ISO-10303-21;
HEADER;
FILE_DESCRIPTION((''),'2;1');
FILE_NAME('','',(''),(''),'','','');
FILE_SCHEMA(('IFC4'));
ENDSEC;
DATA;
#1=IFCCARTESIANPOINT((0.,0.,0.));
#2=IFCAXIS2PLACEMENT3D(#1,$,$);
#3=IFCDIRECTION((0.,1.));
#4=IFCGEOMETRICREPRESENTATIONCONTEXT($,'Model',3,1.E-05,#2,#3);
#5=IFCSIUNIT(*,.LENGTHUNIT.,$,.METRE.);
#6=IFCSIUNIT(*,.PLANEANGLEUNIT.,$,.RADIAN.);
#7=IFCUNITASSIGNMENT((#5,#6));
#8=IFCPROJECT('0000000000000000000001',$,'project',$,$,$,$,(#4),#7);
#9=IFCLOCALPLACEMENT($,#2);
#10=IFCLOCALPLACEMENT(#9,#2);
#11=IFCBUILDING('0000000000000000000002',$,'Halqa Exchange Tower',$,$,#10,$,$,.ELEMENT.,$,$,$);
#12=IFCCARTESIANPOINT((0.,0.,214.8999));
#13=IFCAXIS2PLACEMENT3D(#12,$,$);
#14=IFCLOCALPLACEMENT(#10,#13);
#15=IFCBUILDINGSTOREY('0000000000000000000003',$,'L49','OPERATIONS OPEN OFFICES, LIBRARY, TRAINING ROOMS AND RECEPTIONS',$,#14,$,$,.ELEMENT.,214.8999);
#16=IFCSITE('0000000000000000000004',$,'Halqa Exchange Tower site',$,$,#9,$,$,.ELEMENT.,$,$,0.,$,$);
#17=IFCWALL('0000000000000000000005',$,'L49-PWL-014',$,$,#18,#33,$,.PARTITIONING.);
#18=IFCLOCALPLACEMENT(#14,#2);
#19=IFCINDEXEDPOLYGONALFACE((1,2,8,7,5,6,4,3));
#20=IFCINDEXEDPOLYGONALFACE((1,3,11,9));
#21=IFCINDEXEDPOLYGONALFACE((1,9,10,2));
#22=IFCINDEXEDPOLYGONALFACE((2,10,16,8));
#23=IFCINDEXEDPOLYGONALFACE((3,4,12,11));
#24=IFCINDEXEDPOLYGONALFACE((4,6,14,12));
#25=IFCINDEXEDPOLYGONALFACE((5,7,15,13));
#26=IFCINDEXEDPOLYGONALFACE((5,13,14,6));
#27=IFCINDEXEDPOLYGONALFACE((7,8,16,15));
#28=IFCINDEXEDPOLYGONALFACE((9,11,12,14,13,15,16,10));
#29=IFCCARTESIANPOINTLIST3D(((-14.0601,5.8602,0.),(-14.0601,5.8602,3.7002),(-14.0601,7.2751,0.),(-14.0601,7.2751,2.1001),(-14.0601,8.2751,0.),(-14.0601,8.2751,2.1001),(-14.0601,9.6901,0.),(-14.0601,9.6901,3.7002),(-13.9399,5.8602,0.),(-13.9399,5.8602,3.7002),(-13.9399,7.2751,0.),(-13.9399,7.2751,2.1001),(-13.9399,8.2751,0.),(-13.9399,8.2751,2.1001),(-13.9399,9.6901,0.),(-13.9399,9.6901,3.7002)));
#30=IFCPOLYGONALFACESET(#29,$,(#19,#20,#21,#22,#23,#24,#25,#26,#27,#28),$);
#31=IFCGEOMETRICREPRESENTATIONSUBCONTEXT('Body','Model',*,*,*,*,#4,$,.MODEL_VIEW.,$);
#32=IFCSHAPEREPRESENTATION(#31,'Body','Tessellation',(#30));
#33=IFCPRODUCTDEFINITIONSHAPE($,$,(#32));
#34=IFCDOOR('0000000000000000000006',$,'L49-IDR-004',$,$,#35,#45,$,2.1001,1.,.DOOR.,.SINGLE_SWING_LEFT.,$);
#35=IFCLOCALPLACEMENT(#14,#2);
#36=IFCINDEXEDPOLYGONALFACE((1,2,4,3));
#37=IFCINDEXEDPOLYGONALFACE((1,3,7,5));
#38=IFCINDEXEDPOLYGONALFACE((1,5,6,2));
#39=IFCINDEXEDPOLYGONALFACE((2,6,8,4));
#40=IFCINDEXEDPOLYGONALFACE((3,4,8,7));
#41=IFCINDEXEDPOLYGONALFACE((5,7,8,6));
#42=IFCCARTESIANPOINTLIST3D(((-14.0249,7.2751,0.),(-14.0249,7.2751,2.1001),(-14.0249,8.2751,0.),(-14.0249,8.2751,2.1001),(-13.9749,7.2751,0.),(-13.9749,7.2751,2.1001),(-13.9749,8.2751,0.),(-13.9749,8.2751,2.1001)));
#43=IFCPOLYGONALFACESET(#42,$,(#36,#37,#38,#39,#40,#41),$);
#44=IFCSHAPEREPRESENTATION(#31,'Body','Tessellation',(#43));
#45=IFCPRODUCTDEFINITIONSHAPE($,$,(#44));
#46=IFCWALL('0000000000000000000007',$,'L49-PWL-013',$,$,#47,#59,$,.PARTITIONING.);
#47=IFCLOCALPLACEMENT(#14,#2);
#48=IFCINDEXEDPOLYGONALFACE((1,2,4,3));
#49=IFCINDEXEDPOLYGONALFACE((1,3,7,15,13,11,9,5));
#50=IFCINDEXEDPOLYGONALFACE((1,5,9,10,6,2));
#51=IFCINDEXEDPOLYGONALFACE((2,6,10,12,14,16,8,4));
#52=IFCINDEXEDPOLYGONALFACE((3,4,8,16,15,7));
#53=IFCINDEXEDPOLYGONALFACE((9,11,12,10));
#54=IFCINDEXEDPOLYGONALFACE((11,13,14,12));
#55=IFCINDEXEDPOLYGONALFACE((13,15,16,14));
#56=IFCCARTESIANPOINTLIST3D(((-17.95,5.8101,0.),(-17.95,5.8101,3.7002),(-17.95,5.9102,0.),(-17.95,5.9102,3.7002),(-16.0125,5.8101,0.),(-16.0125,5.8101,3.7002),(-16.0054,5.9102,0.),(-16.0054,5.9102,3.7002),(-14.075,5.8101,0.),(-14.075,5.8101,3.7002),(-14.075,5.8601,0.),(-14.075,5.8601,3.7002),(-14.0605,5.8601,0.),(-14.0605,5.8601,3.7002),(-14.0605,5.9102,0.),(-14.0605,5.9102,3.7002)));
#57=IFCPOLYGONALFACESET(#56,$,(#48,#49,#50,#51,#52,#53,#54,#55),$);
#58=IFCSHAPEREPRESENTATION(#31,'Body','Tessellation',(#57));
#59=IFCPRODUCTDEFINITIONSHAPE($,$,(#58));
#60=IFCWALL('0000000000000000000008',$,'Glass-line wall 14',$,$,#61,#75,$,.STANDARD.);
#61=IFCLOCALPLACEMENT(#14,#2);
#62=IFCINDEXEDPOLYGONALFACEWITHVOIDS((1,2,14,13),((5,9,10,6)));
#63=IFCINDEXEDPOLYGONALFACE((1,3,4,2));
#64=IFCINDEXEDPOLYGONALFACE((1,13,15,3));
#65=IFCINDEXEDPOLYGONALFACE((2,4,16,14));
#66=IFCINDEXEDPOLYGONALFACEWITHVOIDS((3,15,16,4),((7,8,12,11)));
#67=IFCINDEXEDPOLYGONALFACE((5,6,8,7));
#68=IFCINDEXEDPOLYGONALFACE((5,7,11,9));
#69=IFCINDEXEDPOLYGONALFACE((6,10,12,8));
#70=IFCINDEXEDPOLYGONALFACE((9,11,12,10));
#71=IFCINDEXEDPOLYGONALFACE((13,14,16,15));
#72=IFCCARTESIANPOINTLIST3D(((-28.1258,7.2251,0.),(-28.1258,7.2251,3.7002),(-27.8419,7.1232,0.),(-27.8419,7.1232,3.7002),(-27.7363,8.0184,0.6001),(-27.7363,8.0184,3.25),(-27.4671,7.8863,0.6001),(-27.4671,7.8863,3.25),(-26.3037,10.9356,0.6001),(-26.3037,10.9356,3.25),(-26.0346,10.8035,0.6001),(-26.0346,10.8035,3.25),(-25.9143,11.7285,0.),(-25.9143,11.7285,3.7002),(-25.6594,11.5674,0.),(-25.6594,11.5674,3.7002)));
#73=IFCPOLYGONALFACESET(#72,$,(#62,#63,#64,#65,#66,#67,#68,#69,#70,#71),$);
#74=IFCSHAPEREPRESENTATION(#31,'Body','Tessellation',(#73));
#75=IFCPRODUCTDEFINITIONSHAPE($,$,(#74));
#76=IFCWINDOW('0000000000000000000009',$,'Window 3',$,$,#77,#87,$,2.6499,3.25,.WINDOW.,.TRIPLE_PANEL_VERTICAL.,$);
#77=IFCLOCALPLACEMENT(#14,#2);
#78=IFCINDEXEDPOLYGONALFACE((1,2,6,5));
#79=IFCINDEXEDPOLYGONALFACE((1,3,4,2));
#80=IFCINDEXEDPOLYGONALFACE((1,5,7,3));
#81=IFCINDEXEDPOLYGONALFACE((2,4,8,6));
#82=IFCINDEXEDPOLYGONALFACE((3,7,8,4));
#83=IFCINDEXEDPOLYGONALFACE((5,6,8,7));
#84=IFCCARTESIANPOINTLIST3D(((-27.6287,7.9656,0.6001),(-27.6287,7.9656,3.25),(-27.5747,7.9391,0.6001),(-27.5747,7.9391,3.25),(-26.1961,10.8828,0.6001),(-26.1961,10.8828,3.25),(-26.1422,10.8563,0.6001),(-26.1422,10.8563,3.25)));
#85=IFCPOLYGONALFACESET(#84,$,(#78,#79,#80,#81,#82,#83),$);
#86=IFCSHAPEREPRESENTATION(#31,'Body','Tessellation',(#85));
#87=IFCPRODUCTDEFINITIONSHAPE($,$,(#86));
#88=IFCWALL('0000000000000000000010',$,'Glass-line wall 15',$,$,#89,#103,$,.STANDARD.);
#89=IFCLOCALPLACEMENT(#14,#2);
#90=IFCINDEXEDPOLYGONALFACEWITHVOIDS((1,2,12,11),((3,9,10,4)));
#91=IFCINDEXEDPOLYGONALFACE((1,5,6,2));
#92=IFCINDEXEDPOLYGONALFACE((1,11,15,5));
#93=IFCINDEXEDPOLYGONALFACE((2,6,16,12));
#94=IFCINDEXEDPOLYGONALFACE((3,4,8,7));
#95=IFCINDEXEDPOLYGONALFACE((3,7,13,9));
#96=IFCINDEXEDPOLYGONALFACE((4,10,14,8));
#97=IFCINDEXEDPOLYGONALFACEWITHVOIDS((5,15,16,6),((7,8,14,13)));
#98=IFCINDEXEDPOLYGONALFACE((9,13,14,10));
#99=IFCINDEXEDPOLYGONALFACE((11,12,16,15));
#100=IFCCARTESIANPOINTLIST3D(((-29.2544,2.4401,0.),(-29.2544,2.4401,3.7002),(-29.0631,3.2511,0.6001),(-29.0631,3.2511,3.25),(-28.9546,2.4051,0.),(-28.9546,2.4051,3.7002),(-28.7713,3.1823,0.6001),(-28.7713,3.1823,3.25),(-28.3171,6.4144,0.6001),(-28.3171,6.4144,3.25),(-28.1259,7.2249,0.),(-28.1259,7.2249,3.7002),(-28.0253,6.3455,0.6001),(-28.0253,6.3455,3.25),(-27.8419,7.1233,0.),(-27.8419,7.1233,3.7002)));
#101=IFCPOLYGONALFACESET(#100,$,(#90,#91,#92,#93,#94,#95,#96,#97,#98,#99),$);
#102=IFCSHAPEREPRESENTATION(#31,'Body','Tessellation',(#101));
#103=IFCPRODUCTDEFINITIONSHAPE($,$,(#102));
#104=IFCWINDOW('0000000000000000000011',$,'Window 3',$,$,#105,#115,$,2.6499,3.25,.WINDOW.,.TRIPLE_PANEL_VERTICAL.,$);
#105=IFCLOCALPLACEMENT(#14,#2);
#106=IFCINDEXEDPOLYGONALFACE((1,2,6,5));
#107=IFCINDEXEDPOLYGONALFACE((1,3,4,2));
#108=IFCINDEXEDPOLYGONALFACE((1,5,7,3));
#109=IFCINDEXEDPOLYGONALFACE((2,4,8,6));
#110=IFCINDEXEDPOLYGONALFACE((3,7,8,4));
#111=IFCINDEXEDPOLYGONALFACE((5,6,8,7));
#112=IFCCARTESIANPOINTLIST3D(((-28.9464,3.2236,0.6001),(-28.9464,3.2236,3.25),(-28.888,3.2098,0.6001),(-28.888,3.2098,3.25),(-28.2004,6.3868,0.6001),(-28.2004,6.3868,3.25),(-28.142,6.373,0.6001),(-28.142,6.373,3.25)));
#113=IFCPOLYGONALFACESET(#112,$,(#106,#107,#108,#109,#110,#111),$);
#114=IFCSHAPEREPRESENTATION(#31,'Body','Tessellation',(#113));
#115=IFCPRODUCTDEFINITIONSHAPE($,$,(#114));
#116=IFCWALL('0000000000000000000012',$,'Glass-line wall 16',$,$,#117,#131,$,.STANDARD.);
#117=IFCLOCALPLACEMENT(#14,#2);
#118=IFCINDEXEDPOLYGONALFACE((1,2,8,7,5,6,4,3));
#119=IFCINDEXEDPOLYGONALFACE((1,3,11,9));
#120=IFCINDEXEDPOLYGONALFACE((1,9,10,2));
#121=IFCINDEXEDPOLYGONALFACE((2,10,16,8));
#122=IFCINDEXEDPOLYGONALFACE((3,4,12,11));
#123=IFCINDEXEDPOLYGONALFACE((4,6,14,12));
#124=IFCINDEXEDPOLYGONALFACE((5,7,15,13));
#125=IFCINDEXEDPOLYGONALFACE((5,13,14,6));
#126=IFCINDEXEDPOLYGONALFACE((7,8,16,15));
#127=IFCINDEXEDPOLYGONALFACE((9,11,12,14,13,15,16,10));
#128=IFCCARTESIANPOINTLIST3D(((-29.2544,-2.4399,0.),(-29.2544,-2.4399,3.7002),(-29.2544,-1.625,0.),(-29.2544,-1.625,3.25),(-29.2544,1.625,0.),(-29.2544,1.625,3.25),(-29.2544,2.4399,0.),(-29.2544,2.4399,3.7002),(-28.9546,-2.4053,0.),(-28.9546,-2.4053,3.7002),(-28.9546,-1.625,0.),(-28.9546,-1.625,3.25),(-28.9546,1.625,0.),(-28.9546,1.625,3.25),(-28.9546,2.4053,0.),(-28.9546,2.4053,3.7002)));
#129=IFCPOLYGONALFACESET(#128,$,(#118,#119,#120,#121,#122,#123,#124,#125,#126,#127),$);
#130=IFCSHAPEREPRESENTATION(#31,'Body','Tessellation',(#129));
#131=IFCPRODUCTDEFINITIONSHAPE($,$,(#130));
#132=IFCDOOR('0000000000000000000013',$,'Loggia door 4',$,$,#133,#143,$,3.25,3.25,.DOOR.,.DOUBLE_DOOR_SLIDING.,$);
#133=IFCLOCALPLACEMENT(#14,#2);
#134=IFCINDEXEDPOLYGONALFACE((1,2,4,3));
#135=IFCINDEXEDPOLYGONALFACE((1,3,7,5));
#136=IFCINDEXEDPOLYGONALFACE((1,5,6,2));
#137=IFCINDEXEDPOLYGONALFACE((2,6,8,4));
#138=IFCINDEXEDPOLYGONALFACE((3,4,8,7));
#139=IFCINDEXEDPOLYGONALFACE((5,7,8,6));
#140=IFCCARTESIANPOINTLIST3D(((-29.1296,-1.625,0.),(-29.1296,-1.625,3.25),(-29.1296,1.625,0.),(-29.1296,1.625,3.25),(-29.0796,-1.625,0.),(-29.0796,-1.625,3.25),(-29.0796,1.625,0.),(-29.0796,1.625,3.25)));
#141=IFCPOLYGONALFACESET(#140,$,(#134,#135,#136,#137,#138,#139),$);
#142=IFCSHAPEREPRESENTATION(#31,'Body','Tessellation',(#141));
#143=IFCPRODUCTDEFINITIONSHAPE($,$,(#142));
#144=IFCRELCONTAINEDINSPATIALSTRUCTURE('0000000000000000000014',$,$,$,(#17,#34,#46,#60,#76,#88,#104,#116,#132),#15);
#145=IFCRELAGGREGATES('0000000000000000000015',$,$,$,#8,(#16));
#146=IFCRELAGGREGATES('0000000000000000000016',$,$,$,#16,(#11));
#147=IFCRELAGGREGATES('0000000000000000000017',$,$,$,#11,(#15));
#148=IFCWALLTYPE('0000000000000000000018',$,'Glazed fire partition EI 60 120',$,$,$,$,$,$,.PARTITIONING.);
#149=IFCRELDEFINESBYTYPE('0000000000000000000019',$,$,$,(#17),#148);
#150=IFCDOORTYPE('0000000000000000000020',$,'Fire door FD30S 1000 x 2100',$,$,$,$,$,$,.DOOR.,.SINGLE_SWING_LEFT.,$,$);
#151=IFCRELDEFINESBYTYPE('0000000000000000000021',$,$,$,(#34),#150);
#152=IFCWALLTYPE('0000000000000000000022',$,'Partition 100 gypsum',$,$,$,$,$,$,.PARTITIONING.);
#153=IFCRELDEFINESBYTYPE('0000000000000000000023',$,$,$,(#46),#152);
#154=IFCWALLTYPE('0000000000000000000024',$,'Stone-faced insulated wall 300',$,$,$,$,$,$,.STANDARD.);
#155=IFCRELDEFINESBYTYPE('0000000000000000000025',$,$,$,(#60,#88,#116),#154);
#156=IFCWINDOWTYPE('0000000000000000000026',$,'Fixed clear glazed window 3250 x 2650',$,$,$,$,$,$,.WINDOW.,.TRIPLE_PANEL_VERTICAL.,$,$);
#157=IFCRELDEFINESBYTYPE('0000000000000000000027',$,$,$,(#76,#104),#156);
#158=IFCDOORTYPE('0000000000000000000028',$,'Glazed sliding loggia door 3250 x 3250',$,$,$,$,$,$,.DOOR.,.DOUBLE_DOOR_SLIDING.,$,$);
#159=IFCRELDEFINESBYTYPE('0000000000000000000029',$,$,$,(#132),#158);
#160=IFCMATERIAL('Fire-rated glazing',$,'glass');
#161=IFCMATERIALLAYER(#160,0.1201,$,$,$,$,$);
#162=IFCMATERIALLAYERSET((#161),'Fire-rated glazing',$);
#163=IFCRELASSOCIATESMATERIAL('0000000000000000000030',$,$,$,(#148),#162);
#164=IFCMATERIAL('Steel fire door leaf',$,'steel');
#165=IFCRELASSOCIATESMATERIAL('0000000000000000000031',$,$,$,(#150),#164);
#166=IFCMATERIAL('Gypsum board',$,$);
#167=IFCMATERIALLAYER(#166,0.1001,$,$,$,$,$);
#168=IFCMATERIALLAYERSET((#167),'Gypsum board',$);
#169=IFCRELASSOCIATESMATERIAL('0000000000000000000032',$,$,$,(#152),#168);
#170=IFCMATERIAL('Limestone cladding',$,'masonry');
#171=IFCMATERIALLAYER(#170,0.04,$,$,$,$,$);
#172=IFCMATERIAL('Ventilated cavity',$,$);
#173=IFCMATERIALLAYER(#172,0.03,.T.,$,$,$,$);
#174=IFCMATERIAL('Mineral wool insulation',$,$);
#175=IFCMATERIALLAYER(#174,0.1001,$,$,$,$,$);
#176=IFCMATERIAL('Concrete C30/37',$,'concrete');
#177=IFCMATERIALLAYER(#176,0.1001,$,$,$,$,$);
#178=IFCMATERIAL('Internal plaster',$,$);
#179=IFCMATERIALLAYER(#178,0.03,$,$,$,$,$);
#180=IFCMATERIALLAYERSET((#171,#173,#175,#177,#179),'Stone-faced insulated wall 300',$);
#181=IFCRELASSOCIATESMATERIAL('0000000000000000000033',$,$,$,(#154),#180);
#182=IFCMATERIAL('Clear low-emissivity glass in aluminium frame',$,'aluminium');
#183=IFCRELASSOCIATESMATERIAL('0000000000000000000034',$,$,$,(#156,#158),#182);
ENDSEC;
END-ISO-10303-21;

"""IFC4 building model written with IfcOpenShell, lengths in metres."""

from ifc_helpers import new_model, si_unit, direction, frame, frame_2d, origin, place, context, subcontext, project, spatial, polyline, rectangle, outline, extrude, material, layer, layer_set, type_object, element, fill, save


model = new_model("IFC4")

# Units and contexts
model_context = context("Model", 3, precision=1e-05, world=origin(), true_north=direction((0.0, 1.0)))
body_context = subcontext(model_context, "Body", "Model", "MODEL_VIEW")
ifc_project = project(units=[si_unit("LENGTHUNIT", "METRE"), si_unit("PLANEANGLEUNIT", "RADIAN")], contexts=[model_context])

# Site, building, storey
site_placement = place(None, origin())
site = spatial("IfcSite", under=ifc_project, at=site_placement, Name="Halqa Exchange Tower site", CompositionType="ELEMENT", RefElevation=0.0)
building_placement = place(site_placement, origin())
building = spatial("IfcBuilding", under=site, at=building_placement, Name="Halqa Exchange Tower", CompositionType="ELEMENT")
storey_placement = place(building_placement, frame((0.0, 0.0, 214.8999)))
storey = spatial("IfcBuildingStorey", under=building, at=storey_placement, Name="L49", Description="OPERATIONS OPEN OFFICES, LIBRARY, TRAINING ROOMS AND RECEPTIONS", CompositionType="ELEMENT", Elevation=214.8999)

# Wall, opening, door
ifc_material_1 = material(Name="Fire-rated glazing", Category="glass")
ifc_layer_1 = layer(ifc_material_1, 0.1201)
ifc_layer_set_1 = layer_set([ifc_layer_1], Name="Fire-rated glazing")
wall_type_1 = type_object("IfcWallType", Name="Glazed fire partition EI 60 120", PredefinedType="PARTITIONING", material=ifc_layer_set_1)
wall_1_placement = place(storey_placement, frame((-14.0, 5.8601, 0.0), z_axis=(0.0, 0.0, 1.0), x_axis=(0.0, 1.0, 0.0)))
wall_1 = element("IfcWall", 1, at=wall_1_placement, inside=storey, type_object=wall_type_1, Name="L49-PWL-014", PredefinedType="PARTITIONING", context=body_context, shape_type="SweptSolid", body=[
    extrude(rectangle(XDim=3.8298, YDim=0.1201, at=frame_2d((1.915, 0.0))), origin(), (0.0, 0.0, 1.0), 3.7002),
])
opening_1_placement = place(wall_1_placement, frame((1.415, 0.0, 0.0)))
opening_1 = element("IfcOpeningElement", 2, at=opening_1_placement, cuts=wall_1, PredefinedType="OPENING", context=body_context, shape_type="SweptSolid", body=[
    extrude(rectangle(XDim=1.0, YDim=2.1001, at=frame_2d((0.5, 1.05))), frame((0.0, 0.072, 0.0), z_axis=(0.0, -1.0, 0.0), x_axis=(1.0, 0.0, 0.0)), (0.0, 0.0, 1.0), 0.144),
])
ifc_material_2 = material(Name="Steel fire door leaf", Category="steel")
door_type_1 = type_object("IfcDoorType", Name="Fire door FD30S 1000 x 2100", OperationType="SINGLE_SWING_LEFT", PredefinedType="DOOR", material=ifc_material_2)
door_1_placement = place(opening_1_placement, origin())
door_1 = element("IfcDoor", 3, at=door_1_placement, inside=storey, type_object=door_type_1, Name="L49-IDR-004", OperationType="SINGLE_SWING_LEFT", OverallHeight=2.1001, OverallWidth=1.0, PredefinedType="DOOR", context=body_context, shape_type="SweptSolid", body=[
    extrude(rectangle(XDim=1.0, YDim=2.1001, at=frame_2d((0.5, 1.05))), frame((0.0, 0.0249, 0.0), z_axis=(0.0, -1.0, 0.0), x_axis=(1.0, 0.0, 0.0)), (0.0, 0.0, 1.0), 0.05),
])
fill(opening_1, door_1)
ifc_material_3 = material(Name="Gypsum board")
ifc_layer_2 = layer(ifc_material_3, 0.1001)
ifc_layer_set_2 = layer_set([ifc_layer_2], Name="Gypsum board")
wall_type_2 = type_object("IfcWallType", Name="Partition 100 gypsum", PredefinedType="PARTITIONING", material=ifc_layer_set_2)

# Wall
wall_2_placement = place(storey_placement, frame((-14.0605, 5.8601, 0.0), z_axis=(0.0, 0.0, 1.0), x_axis=(-1.0, 0.0, 0.0)))
element("IfcWall", 4, at=wall_2_placement, inside=storey, type_object=wall_type_2, Name="L49-PWL-013", PredefinedType="PARTITIONING", context=body_context, shape_type="SweptSolid", body=[
    extrude(outline(polyline([(3.8894, 0.05), (1.9519, 0.05), (0.0144, 0.05), (0.0144, 0.0), (0.0, 0.0), (0.0, -0.05), (1.9448, -0.05), (3.8894, -0.05), (3.8894, 0.05)])), origin(), (0.0, 0.0, 1.0), 3.7002),
])

# Walls, openings, windows
ifc_material_4 = material(Name="Limestone cladding", Category="masonry")
ifc_layer_3 = layer(ifc_material_4, 0.04)
ifc_material_5 = material(Name="Ventilated cavity")
ifc_layer_4 = layer(ifc_material_5, 0.03, ventilated=True)
ifc_material_6 = material(Name="Mineral wool insulation")
ifc_layer_5 = layer(ifc_material_6, 0.1001)
ifc_material_7 = material(Name="Concrete C30/37", Category="concrete")
ifc_layer_6 = layer(ifc_material_7, 0.1001)
ifc_material_8 = material(Name="Internal plaster")
ifc_layer_7 = layer(ifc_material_8, 0.03)
ifc_layer_set_3 = layer_set([ifc_layer_3, ifc_layer_4, ifc_layer_5, ifc_layer_6, ifc_layer_7], Name="Stone-faced insulated wall 300")
wall_type_3 = type_object("IfcWallType", Name="Stone-faced insulated wall 300", PredefinedType="STANDARD", material=ifc_layer_set_3)
wall_3_placement = place(storey_placement, frame((-25.7869, 11.6479, 0.0), z_axis=(0.0, 0.0, 1.0), x_axis=(-0.440795, -0.897608, 0.0)))
wall_3 = element("IfcWall", 5, at=wall_3_placement, inside=storey, type_object=wall_type_3, Name="Glass-line wall 14", PredefinedType="STANDARD", context=body_context, shape_type="SweptSolid", body=[
    extrude(outline(polyline([(-0.0161, -0.1499), (5.001, -0.1499), (4.9673, 0.1499), (0.0161, 0.1499), (-0.0161, -0.1499)])), origin(), (0.0, 0.0, 1.0), 3.7002),
])
opening_2_placement = place(wall_3_placement, frame((0.8672, 0.0, 0.6001)))
opening_2 = element("IfcOpeningElement", 6, at=opening_2_placement, cuts=wall_3, PredefinedType="OPENING", context=body_context, shape_type="SweptSolid", body=[
    extrude(rectangle(XDim=3.25, YDim=2.6499, at=frame_2d((1.625, 1.325))), frame((0.0, 0.1621, 0.0), z_axis=(0.0, -1.0, 0.0), x_axis=(1.0, 0.0, 0.0)), (0.0, 0.0, 1.0), 0.324),
])
ifc_material_9 = material(Name="Clear low-emissivity glass in aluminium frame", Category="aluminium")
window_type = type_object("IfcWindowType", Name="Fixed clear glazed window 3250 x 2650", PartitioningType="TRIPLE_PANEL_VERTICAL", PredefinedType="WINDOW", material=ifc_material_9)
window_1_placement = place(opening_2_placement, origin())
window_1 = element("IfcWindow", 7, at=window_1_placement, inside=storey, type_object=window_type, Name="Window 3", OverallHeight=2.6499, OverallWidth=3.25, PartitioningType="TRIPLE_PANEL_VERTICAL", PredefinedType="WINDOW", context=body_context, shape_type="SweptSolid", body=[
    extrude(rectangle(XDim=3.25, YDim=2.6499, at=frame_2d((1.625, 1.325))), frame((0.0, 0.03, 0.0), z_axis=(0.0, -1.0, 0.0), x_axis=(1.0, 0.0, 0.0)), (0.0, 0.0, 1.0), 0.0601),
])
fill(opening_2, window_1)
wall_4_placement = place(storey_placement, frame((-27.9839, 7.1741, 0.0), z_axis=(0.0, 0.0, 1.0), x_axis=(-0.229547, -0.973298, 0.0)))
wall_4 = element("IfcWall", 8, at=wall_4_placement, inside=storey, type_object=wall_type_3, Name="Glass-line wall 15", PredefinedType="STANDARD", context=body_context, shape_type="SweptSolid", body=[
    extrude(outline(polyline([(-0.0168, -0.1499), (4.8992, -0.1499), (4.8645, 0.1499), (0.0168, 0.1499), (-0.0168, -0.1499)])), origin(), (0.0, 0.0, 1.0), 3.7002),
])
opening_3_placement = place(wall_4_placement, frame((0.8159, 0.0, 0.6001)))
opening_3 = element("IfcOpeningElement", 9, at=opening_3_placement, cuts=wall_4, PredefinedType="OPENING", context=body_context, shape_type="SweptSolid", body=[
    extrude(rectangle(XDim=3.25, YDim=2.6499, at=frame_2d((1.625, 1.325))), frame((0.0, 0.1621, 0.0), z_axis=(0.0, -1.0, 0.0), x_axis=(1.0, 0.0, 0.0)), (0.0, 0.0, 1.0), 0.324),
])
window_2_placement = place(opening_3_placement, origin())
window_2 = element("IfcWindow", 10, at=window_2_placement, inside=storey, type_object=window_type, Name="Window 3", OverallHeight=2.6499, OverallWidth=3.25, PartitioningType="TRIPLE_PANEL_VERTICAL", PredefinedType="WINDOW", context=body_context, shape_type="SweptSolid", body=[
    extrude(rectangle(XDim=3.25, YDim=2.6499, at=frame_2d((1.625, 1.325))), frame((0.0, 0.03, 0.0), z_axis=(0.0, -1.0, 0.0), x_axis=(1.0, 0.0, 0.0)), (0.0, 0.0, 1.0), 0.0601),
])
fill(opening_3, window_2)

# Wall, opening, door
wall_5_placement = place(storey_placement, frame((-29.1045, 2.4226, 0.0), z_axis=(0.0, 0.0, 1.0), x_axis=(0.0, -1.0, 0.0)))
wall_5 = element("IfcWall", 11, at=wall_5_placement, inside=storey, type_object=wall_type_3, Name="Glass-line wall 16", PredefinedType="STANDARD", context=body_context, shape_type="SweptSolid", body=[
    extrude(outline(polyline([(-0.0173, -0.1499), (4.8625, -0.1499), (4.8279, 0.1499), (0.0173, 0.1499), (-0.0173, -0.1499)])), origin(), (0.0, 0.0, 1.0), 3.7002),
])
opening_4_placement = place(wall_5_placement, frame((0.7976, 0.0, 0.0)))
opening_4 = element("IfcOpeningElement", 12, at=opening_4_placement, cuts=wall_5, PredefinedType="OPENING", context=body_context, shape_type="SweptSolid", body=[
    extrude(rectangle(XDim=3.25, YDim=3.25, at=frame_2d((1.625, 1.625))), frame((0.0, 0.1621, 0.0), z_axis=(0.0, -1.0, 0.0), x_axis=(1.0, 0.0, 0.0)), (0.0, 0.0, 1.0), 0.324),
])
door_type_2 = type_object("IfcDoorType", Name="Glazed sliding loggia door 3250 x 3250", OperationType="DOUBLE_DOOR_SLIDING", PredefinedType="DOOR", material=ifc_material_9)
door_2_placement = place(opening_4_placement, origin())
door_2 = element("IfcDoor", 13, at=door_2_placement, inside=storey, type_object=door_type_2, Name="Loggia door 4", OperationType="DOUBLE_DOOR_SLIDING", OverallHeight=3.25, OverallWidth=3.25, PredefinedType="DOOR", context=body_context, shape_type="SweptSolid", body=[
    extrude(rectangle(XDim=3.25, YDim=3.25, at=frame_2d((1.625, 1.625))), frame((0.0, 0.0249, 0.0), z_axis=(0.0, -1.0, 0.0), x_axis=(1.0, 0.0, 0.0)), (0.0, 0.0, 1.0), 0.05),
])
fill(opening_4, door_2)

save(model, "model.ifc")
